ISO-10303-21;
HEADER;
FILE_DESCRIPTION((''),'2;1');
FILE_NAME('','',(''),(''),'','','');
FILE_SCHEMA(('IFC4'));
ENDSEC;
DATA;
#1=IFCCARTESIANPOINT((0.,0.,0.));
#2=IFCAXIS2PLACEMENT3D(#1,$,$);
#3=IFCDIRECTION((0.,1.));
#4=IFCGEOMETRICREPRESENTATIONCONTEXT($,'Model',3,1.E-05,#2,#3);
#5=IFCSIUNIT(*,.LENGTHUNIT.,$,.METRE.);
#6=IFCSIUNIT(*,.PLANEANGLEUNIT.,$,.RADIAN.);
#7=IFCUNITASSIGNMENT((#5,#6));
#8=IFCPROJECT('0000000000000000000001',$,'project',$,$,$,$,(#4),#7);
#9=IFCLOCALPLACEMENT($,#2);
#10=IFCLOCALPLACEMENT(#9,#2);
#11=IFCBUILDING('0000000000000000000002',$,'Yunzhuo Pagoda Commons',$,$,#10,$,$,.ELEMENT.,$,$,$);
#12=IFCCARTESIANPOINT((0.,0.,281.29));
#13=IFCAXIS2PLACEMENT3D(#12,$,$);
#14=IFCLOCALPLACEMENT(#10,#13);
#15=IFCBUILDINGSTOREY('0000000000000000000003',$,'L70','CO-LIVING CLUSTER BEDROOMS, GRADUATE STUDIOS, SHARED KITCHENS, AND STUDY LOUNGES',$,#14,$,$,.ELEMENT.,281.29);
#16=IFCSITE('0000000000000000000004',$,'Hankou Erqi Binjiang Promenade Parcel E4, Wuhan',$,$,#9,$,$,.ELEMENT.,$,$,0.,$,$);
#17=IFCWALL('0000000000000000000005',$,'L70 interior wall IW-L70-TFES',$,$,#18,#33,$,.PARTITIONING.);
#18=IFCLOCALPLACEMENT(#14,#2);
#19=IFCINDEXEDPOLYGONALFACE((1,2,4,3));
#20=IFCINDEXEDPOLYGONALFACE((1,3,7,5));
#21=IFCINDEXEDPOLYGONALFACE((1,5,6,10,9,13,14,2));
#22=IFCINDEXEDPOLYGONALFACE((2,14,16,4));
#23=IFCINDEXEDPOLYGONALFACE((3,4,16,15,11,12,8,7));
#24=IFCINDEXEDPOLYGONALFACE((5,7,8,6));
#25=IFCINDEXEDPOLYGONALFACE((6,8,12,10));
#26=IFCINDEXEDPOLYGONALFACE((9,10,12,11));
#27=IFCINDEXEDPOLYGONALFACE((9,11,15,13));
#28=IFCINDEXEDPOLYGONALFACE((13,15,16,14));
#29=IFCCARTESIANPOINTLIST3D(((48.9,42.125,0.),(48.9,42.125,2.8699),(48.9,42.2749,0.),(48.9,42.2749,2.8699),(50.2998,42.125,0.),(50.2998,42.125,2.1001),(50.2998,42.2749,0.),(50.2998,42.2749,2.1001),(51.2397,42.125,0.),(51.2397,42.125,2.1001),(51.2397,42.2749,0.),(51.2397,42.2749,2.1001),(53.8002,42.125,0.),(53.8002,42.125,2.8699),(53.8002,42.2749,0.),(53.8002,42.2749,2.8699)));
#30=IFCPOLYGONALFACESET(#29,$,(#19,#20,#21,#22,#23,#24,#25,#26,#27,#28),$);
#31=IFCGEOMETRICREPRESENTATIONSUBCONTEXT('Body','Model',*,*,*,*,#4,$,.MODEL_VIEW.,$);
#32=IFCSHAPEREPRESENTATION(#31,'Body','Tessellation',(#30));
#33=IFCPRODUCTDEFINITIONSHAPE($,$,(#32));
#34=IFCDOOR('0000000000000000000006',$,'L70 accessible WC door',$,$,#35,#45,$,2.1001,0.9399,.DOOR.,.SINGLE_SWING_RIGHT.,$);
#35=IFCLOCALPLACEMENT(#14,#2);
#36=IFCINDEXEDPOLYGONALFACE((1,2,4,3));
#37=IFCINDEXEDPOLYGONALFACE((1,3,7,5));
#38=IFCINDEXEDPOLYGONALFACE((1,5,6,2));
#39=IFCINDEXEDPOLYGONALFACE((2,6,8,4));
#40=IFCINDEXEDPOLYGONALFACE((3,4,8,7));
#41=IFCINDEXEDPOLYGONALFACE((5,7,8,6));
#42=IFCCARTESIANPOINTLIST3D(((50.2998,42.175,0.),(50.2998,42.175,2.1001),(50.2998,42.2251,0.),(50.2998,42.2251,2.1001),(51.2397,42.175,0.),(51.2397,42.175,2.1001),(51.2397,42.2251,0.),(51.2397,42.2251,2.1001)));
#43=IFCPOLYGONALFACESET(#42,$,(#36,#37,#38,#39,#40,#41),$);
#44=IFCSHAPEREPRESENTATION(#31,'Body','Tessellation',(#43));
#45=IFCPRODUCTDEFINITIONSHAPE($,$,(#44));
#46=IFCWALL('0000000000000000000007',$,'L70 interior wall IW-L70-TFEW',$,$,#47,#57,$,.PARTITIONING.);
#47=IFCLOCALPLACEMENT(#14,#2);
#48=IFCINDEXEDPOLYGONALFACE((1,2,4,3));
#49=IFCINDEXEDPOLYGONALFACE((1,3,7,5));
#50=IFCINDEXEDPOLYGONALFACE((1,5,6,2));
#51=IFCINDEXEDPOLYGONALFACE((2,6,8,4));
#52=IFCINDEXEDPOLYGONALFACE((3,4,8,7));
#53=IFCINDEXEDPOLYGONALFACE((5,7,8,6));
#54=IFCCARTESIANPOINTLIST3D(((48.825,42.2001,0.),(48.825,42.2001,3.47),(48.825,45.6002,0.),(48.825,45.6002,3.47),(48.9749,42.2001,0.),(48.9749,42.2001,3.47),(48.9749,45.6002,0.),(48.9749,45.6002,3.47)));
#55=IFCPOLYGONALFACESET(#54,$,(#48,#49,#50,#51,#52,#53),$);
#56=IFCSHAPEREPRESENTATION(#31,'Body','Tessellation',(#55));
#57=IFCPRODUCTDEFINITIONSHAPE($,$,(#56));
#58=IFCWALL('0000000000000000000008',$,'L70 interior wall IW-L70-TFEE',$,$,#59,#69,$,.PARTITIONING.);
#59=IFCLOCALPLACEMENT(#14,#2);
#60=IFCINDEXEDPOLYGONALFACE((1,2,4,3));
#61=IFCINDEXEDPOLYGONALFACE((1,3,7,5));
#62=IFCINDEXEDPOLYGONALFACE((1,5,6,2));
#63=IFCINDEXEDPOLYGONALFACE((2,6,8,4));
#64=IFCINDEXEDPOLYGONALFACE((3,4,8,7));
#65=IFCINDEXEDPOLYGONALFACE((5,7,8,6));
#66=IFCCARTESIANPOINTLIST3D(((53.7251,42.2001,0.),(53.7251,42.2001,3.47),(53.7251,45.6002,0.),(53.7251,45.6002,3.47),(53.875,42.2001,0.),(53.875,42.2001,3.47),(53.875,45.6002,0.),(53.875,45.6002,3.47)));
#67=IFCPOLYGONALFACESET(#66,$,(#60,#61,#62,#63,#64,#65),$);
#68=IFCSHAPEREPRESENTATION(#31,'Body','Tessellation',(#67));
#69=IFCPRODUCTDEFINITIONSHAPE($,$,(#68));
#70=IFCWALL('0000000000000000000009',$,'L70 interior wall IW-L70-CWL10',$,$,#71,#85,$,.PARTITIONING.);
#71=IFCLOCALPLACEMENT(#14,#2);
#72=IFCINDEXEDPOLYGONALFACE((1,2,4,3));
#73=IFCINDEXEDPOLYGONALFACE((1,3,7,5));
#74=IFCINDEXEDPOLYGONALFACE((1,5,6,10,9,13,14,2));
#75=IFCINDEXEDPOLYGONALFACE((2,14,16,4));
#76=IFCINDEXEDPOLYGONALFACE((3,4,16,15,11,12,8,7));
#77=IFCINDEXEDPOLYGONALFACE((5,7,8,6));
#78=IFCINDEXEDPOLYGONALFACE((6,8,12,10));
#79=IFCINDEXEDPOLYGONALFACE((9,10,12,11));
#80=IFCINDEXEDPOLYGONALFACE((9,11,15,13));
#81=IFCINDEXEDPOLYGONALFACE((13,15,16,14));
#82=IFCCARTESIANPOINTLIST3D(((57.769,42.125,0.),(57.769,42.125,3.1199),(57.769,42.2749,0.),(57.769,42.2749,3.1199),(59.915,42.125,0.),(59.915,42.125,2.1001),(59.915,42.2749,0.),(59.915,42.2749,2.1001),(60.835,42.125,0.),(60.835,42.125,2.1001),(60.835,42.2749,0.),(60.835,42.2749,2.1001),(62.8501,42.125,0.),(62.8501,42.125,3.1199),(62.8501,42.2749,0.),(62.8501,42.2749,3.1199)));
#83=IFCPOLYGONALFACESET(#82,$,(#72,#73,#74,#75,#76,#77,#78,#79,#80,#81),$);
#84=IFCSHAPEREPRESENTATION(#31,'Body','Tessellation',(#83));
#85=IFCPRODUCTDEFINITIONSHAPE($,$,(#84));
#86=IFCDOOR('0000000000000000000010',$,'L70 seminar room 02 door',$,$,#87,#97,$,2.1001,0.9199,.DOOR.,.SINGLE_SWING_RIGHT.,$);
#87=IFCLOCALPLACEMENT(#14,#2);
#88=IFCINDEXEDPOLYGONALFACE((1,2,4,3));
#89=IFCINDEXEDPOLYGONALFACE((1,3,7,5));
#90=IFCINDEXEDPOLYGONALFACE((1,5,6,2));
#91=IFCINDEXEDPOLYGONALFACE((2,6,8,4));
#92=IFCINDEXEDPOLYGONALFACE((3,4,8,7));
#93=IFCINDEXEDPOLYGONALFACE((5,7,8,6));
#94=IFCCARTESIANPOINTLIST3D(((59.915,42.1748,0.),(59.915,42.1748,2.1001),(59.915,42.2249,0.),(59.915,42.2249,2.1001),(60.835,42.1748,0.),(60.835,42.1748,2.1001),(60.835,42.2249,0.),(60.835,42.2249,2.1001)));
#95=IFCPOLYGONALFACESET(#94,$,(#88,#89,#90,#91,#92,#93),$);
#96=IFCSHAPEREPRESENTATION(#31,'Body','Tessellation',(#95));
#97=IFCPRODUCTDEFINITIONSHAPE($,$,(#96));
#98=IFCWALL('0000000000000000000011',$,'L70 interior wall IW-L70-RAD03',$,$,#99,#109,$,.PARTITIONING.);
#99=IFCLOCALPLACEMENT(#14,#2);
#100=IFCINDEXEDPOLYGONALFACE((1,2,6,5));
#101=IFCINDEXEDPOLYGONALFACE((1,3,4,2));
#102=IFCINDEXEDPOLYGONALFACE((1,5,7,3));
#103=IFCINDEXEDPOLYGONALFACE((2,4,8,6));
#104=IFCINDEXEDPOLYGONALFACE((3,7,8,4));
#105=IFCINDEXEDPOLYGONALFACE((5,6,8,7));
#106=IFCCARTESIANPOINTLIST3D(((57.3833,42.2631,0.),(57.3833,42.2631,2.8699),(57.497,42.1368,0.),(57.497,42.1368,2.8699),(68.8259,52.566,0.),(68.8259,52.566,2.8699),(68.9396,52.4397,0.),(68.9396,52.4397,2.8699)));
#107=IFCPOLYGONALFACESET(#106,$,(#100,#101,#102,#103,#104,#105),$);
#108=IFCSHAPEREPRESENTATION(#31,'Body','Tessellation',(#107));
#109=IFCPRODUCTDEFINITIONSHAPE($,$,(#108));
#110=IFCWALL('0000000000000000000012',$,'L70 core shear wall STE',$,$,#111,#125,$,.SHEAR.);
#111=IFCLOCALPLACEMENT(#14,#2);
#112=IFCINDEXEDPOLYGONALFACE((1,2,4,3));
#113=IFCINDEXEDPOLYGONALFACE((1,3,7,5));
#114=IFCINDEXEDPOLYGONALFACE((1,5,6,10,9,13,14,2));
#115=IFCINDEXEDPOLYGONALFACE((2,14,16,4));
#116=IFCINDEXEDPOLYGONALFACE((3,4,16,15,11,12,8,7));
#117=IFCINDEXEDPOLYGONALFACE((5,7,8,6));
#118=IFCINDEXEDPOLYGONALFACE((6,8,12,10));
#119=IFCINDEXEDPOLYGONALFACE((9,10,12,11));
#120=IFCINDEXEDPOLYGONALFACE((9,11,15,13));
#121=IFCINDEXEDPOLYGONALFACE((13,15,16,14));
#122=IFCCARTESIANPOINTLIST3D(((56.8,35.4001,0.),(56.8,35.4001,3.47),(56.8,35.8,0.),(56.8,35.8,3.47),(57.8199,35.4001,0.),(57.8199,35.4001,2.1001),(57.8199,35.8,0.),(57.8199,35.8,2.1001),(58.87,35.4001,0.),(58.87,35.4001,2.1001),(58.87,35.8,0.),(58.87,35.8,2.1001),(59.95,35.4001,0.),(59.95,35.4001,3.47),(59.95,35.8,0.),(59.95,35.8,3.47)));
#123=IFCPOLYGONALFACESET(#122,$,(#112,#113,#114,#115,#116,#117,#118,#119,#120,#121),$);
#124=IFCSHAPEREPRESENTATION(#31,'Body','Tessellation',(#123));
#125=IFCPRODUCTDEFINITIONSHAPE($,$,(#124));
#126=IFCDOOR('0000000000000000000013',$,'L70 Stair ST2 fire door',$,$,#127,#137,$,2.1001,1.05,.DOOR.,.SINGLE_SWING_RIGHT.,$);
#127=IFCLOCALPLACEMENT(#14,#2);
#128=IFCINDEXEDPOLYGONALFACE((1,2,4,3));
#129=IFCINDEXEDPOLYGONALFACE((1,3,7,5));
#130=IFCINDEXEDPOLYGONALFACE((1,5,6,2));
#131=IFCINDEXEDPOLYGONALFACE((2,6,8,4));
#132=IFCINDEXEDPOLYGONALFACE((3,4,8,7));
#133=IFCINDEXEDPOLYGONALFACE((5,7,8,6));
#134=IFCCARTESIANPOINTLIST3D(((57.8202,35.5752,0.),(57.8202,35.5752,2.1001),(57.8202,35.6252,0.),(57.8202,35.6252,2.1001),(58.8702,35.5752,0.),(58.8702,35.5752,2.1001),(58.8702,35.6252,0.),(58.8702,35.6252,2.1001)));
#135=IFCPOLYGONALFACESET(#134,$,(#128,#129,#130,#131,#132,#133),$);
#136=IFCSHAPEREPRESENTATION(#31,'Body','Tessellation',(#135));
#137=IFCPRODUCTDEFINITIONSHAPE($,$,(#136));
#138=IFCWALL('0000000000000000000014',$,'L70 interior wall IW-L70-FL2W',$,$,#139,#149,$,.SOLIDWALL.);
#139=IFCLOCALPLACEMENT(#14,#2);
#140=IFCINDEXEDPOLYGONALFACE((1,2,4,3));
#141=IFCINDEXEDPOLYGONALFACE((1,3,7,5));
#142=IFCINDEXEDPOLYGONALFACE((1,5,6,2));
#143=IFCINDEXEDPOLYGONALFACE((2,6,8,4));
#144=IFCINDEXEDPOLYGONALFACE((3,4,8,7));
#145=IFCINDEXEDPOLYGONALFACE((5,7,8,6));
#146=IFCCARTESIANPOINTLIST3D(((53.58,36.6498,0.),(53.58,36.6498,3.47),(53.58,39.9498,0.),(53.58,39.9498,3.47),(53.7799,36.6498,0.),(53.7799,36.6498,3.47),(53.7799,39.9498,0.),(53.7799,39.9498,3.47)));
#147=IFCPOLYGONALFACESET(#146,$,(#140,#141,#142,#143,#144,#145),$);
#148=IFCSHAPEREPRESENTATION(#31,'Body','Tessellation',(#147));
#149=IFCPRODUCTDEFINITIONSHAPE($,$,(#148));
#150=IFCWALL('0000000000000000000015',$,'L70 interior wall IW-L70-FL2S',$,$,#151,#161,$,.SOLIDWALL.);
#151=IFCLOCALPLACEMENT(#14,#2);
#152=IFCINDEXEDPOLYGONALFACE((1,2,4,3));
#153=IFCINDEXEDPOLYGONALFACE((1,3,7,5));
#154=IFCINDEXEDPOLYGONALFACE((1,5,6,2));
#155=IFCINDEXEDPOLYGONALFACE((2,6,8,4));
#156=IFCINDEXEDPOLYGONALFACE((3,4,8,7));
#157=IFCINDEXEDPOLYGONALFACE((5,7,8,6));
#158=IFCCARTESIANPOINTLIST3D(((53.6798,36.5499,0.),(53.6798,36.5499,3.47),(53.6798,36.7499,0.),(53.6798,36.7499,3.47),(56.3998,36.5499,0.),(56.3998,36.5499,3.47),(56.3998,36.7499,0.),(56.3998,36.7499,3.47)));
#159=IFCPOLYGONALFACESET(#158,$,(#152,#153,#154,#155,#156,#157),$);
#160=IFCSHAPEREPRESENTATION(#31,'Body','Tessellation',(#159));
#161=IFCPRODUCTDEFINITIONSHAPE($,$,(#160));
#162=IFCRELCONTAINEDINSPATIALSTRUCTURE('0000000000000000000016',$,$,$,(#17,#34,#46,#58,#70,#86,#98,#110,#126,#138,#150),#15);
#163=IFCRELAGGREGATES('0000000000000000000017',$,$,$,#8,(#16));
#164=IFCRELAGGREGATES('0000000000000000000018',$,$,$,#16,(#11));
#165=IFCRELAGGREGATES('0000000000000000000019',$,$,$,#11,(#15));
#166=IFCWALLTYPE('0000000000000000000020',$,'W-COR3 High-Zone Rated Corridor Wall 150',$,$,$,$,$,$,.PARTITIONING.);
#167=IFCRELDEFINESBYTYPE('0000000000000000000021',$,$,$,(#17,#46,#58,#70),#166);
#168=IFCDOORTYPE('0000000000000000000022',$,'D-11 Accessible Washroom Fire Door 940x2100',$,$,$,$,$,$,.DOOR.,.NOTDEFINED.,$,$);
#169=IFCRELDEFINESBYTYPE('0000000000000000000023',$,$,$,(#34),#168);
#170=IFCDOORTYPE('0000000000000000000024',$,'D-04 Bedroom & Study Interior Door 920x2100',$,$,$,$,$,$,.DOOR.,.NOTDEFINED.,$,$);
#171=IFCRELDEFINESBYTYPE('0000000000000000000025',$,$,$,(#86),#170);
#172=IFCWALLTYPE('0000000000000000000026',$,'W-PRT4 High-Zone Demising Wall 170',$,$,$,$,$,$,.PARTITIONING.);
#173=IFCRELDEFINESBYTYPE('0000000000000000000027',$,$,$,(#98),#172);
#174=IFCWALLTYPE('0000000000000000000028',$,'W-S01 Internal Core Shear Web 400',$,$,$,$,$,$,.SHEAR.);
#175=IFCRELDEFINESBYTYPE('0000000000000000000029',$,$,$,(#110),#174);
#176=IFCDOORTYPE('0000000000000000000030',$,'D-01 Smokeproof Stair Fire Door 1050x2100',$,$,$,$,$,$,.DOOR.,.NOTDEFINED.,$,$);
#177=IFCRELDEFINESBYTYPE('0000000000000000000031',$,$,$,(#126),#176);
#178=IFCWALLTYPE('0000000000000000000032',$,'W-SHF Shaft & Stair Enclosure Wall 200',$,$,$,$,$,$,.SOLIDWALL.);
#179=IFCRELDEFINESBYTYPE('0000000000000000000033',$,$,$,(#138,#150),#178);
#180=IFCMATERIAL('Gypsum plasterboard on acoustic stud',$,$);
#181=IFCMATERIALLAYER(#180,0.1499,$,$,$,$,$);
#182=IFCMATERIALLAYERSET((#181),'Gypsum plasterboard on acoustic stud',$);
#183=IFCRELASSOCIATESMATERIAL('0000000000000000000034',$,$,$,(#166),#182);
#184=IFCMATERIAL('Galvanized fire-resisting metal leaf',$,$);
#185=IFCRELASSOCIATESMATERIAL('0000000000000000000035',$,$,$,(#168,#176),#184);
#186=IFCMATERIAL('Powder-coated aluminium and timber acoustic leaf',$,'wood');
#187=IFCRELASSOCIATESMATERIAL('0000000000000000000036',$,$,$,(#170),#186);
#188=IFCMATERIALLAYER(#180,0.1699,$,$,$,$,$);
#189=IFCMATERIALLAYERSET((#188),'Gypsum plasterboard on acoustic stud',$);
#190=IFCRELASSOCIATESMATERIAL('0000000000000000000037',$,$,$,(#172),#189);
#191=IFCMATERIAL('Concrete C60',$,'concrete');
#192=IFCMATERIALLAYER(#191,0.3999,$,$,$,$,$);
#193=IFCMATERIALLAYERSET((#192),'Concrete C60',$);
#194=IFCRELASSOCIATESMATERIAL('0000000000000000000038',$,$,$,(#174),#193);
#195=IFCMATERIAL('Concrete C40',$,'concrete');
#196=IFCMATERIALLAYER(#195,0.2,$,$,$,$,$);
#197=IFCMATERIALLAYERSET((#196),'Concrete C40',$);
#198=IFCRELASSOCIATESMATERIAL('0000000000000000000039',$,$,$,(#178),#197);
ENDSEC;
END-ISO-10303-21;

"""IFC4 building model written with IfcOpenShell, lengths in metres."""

from ifc_helpers import new_model, si_unit, direction, frame, frame_2d, origin, origin_with_axes, place, context, subcontext, project, spatial, rectangle, extrude, source, transform, mapped, material, layer, layer_set, type_object, element, fill, save


model = new_model("IFC4")

# Units and contexts
model_context = context("Model", 3, precision=1e-05, world=origin(), true_north=direction((0.0, 1.0)))
body_context = subcontext(model_context, "Body", "Model", "MODEL_VIEW")
ifc_project = project(units=[si_unit("LENGTHUNIT", "METRE"), si_unit("PLANEANGLEUNIT", "RADIAN")], contexts=[model_context])

# Site, building, storey
site_placement = place(None, origin())
site = spatial("IfcSite", under=ifc_project, at=site_placement, Name="Hankou Erqi Binjiang Promenade Parcel E4, Wuhan", CompositionType="ELEMENT", RefElevation=0.0)
building_placement = place(site_placement, origin())
building = spatial("IfcBuilding", under=site, at=building_placement, Name="Yunzhuo Pagoda Commons", CompositionType="ELEMENT")
storey_placement = place(building_placement, frame((0.0, 0.0, 281.29)))
storey = spatial("IfcBuildingStorey", under=building, at=storey_placement, Name="L70", Description="CO-LIVING CLUSTER BEDROOMS, GRADUATE STUDIOS, SHARED KITCHENS, AND STUDY LOUNGES", CompositionType="ELEMENT", Elevation=281.29)

# Shared definitions
ifc_material_1 = material(Name="Galvanized fire-resisting metal leaf")
shared_shape_1 = source(origin(), body_context, "Body", "SweptSolid", [
    extrude(rectangle(XDim=1.05, YDim=2.1001, at=frame_2d((0.5249, 1.05))), frame((0.0, 0.0249, 0.0), z_axis=(0.0, -1.0, 0.0), x_axis=(1.0, 0.0, 0.0)), (0.0, 0.0, 1.0), 0.05),
])

# Shared definitions
ifc_material_2 = material(Name="Gypsum plasterboard on acoustic stud")
ifc_layer_1 = layer(ifc_material_2, 0.1499)
ifc_layer_set_1 = layer_set([ifc_layer_1], Name="Gypsum plasterboard on acoustic stud")
wall_type_1 = type_object("IfcWallType", Name="W-COR3 High-Zone Rated Corridor Wall 150", PredefinedType="PARTITIONING", material=ifc_layer_set_1)

# Wall, opening, door
wall_1_placement = place(storey_placement, frame((48.8999, 42.2, 0.0), z_axis=(0.0, 0.0, 1.0), x_axis=(1.0, 0.0, 0.0)))
wall_1 = element("IfcWall", 1, at=wall_1_placement, inside=storey, type_object=wall_type_1, Name="L70 interior wall IW-L70-TFES", PredefinedType="PARTITIONING", context=body_context, shape_type="SweptSolid", body=[
    extrude(rectangle(XDim=4.9001, YDim=0.1499, at=frame_2d((2.4502, 0.0))), origin(), (0.0, 0.0, 1.0), 2.8699),
])
opening_1_placement = place(wall_1_placement, frame((1.3999, 0.0, 0.0)))
opening_1 = element("IfcOpeningElement", 2, at=opening_1_placement, cuts=wall_1, PredefinedType="OPENING", context=body_context, shape_type="SweptSolid", body=[
    extrude(rectangle(XDim=0.9399, YDim=2.1001, at=frame_2d((0.47, 1.05))), frame((0.0, 0.085, 0.0), z_axis=(0.0, -1.0, 0.0), x_axis=(1.0, 0.0, 0.0)), (0.0, 0.0, 1.0), 0.1699),
])
door_type_1 = type_object("IfcDoorType", Name="D-11 Accessible Washroom Fire Door 940x2100", OperationType="NOTDEFINED", PredefinedType="DOOR", material=ifc_material_1)
shared_shape_2 = source(origin(), body_context, "Body", "SweptSolid", [
    extrude(rectangle(XDim=0.9399, YDim=2.1001, at=frame_2d((0.47, 1.05))), frame((0.0, 0.0249, 0.0), z_axis=(0.0, -1.0, 0.0), x_axis=(1.0, 0.0, 0.0)), (0.0, 0.0, 1.0), 0.05),
])
door_1_placement = place(opening_1_placement, frame((0.9399, 0.0, 0.0), z_axis=(0.0, 0.0, 1.0), x_axis=(-1.0, 0.0, 0.0)))
door_1 = element("IfcDoor", 3, at=door_1_placement, inside=storey, type_object=door_type_1, Name="L70 accessible WC door", OperationType="SINGLE_SWING_RIGHT", OverallHeight=2.1001, OverallWidth=0.9399, PredefinedType="DOOR", context=body_context, shape_type="MappedRepresentation", body=[
    mapped(shared_shape_2, transform((0.0, 0.0, 0.0), scale=1.0)),
])
fill(opening_1, door_1)

# Walls
for number, where, z_axis, x_axis, name in (
    (4, (48.8999, 42.2, 0.0), (0.0, 0.0, 1.0), (0.0, 1.0, 0.0), "L70 interior wall IW-L70-TFEW"),
    (5, (53.8, 42.2, 0.0), (0.0, 0.0, 1.0), (0.0, 1.0, 0.0), "L70 interior wall IW-L70-TFEE"),
):
    element("IfcWall", number, at=place(storey_placement, frame(where, z_axis=z_axis, x_axis=x_axis)), inside=storey, type_object=wall_type_1, Name=name, PredefinedType="PARTITIONING", context=body_context, shape_type="SweptSolid", body=[
        extrude(rectangle(XDim=3.4001, YDim=0.1499, at=frame_2d((1.7002, 0.0))), origin(), (0.0, 0.0, 1.0), 3.47),
    ])

# Wall, opening, door
wall_2_placement = place(storey_placement, frame((57.769, 42.2, 0.0), z_axis=(0.0, 0.0, 1.0), x_axis=(1.0, 0.0, 0.0)))
wall_2 = element("IfcWall", 6, at=wall_2_placement, inside=storey, type_object=wall_type_1, Name="L70 interior wall IW-L70-CWL10", PredefinedType="PARTITIONING", context=body_context, shape_type="SweptSolid", body=[
    extrude(rectangle(XDim=5.0811, YDim=0.1499, at=frame_2d((2.5405, 0.0))), origin(), (0.0, 0.0, 1.0), 3.1199),
])
opening_2_placement = place(wall_2_placement, frame((2.146, 0.0, 0.0)))
opening_2 = element("IfcOpeningElement", 7, at=opening_2_placement, cuts=wall_2, PredefinedType="OPENING", context=body_context, shape_type="SweptSolid", body=[
    extrude(rectangle(XDim=0.9199, YDim=2.1001, at=frame_2d((0.46, 1.05))), frame((0.0, 0.085, 0.0), z_axis=(0.0, -1.0, 0.0), x_axis=(1.0, 0.0, 0.0)), (0.0, 0.0, 1.0), 0.1699),
])
ifc_material_3 = material(Name="Powder-coated aluminium and timber acoustic leaf", Category="wood")
door_type_2 = type_object("IfcDoorType", Name="D-04 Bedroom & Study Interior Door 920x2100", OperationType="NOTDEFINED", PredefinedType="DOOR", material=ifc_material_3)
shared_shape_3 = source(origin(), body_context, "Body", "SweptSolid", [
    extrude(rectangle(XDim=0.9199, YDim=2.1001, at=frame_2d((0.46, 1.05))), frame((0.0, 0.0249, 0.0), z_axis=(0.0, -1.0, 0.0), x_axis=(1.0, 0.0, 0.0)), (0.0, 0.0, 1.0), 0.05),
])
door_2_placement = place(opening_2_placement, origin_with_axes())
door_2 = element("IfcDoor", 8, at=door_2_placement, inside=storey, type_object=door_type_2, Name="L70 seminar room 02 door", OperationType="SINGLE_SWING_RIGHT", OverallHeight=2.1001, OverallWidth=0.9199, PredefinedType="DOOR", context=body_context, shape_type="MappedRepresentation", body=[
    mapped(shared_shape_3, transform((0.0, 0.0, 0.0), scale=1.0)),
])
fill(opening_2, door_2)

# Wall
ifc_layer_2 = layer(ifc_material_2, 0.1699)
ifc_layer_set_2 = layer_set([ifc_layer_2], Name="Gypsum plasterboard on acoustic stud")
wall_type_2 = type_object("IfcWallType", Name="W-PRT4 High-Zone Demising Wall 170", PredefinedType="PARTITIONING", material=ifc_layer_set_2)
wall_3_placement = place(storey_placement, frame((57.4402, 42.2, 0.0), z_axis=(0.0, 0.0, 1.0), x_axis=(0.743145, 0.66913, 0.0)))
element("IfcWall", 9, at=wall_3_placement, inside=storey, type_object=wall_type_2, Name="L70 interior wall IW-L70-RAD03", PredefinedType="PARTITIONING", context=body_context, shape_type="SweptSolid", body=[
    extrude(rectangle(XDim=15.3975, YDim=0.1699, at=frame_2d((7.6987, 0.0))), origin(), (0.0, 0.0, 1.0), 2.8699),
])

# Wall, opening, door
ifc_material_4 = material(Name="Concrete C60", Category="concrete")
ifc_layer_3 = layer(ifc_material_4, 0.3999)
ifc_layer_set_3 = layer_set([ifc_layer_3], Name="Concrete C60")
wall_type_3 = type_object("IfcWallType", Name="W-S01 Internal Core Shear Web 400", PredefinedType="SHEAR", material=ifc_layer_set_3)
wall_4_placement = place(storey_placement, frame((56.8, 35.6001, 0.0), z_axis=(0.0, 0.0, 1.0), x_axis=(1.0, 0.0, 0.0)))
wall_4 = element("IfcWall", 10, at=wall_4_placement, inside=storey, type_object=wall_type_3, Name="L70 core shear wall STE", PredefinedType="SHEAR", context=body_context, shape_type="SweptSolid", body=[
    extrude(rectangle(XDim=3.1499, YDim=0.3999, at=frame_2d((1.575, 0.0))), origin(), (0.0, 0.0, 1.0), 3.47),
])
opening_3_placement = place(wall_4_placement, frame((1.02, 0.0, 0.0)))
opening_3 = element("IfcOpeningElement", 11, at=opening_3_placement, cuts=wall_4, PredefinedType="OPENING", context=body_context, shape_type="SweptSolid", body=[
    extrude(rectangle(XDim=1.05, YDim=2.1001, at=frame_2d((0.5249, 1.05))), frame((0.0, 0.21, 0.0), z_axis=(0.0, -1.0, 0.0), x_axis=(1.0, 0.0, 0.0)), (0.0, 0.0, 1.0), 0.4199),
])
door_type_3 = type_object("IfcDoorType", Name="D-01 Smokeproof Stair Fire Door 1050x2100", OperationType="NOTDEFINED", PredefinedType="DOOR", material=ifc_material_1)
door_3_placement = place(opening_3_placement, frame((1.05, 0.0, 0.0), z_axis=(0.0, 0.0, 1.0), x_axis=(-1.0, 0.0, 0.0)))
door_3 = element("IfcDoor", 12, at=door_3_placement, inside=storey, type_object=door_type_3, Name="L70 Stair ST2 fire door", OperationType="SINGLE_SWING_RIGHT", OverallHeight=2.1001, OverallWidth=1.05, PredefinedType="DOOR", context=body_context, shape_type="MappedRepresentation", body=[
    mapped(shared_shape_1, transform((0.0, 0.0, 0.0), scale=1.0)),
])
fill(opening_3, door_3)

# Walls
ifc_material_5 = material(Name="Concrete C40", Category="concrete")
ifc_layer_4 = layer(ifc_material_5, 0.2)
ifc_layer_set_4 = layer_set([ifc_layer_4], Name="Concrete C40")
wall_type_4 = type_object("IfcWallType", Name="W-SHF Shaft & Stair Enclosure Wall 200", PredefinedType="SOLIDWALL", material=ifc_layer_set_4)
wall_5_placement = place(storey_placement, frame((53.6799, 36.6499, 0.0), z_axis=(0.0, 0.0, 1.0), x_axis=(0.0, 1.0, 0.0)))
element("IfcWall", 13, at=wall_5_placement, inside=storey, type_object=wall_type_4, Name="L70 interior wall IW-L70-FL2W", PredefinedType="SOLIDWALL", context=body_context, shape_type="SweptSolid", body=[
    extrude(rectangle(XDim=3.3, YDim=0.2, at=frame_2d((1.6499, 0.0))), origin(), (0.0, 0.0, 1.0), 3.47),
])
wall_6_placement = place(storey_placement, frame((53.6799, 36.6499, 0.0), z_axis=(0.0, 0.0, 1.0), x_axis=(1.0, 0.0, 0.0)))
element("IfcWall", 14, at=wall_6_placement, inside=storey, type_object=wall_type_4, Name="L70 interior wall IW-L70-FL2S", PredefinedType="SOLIDWALL", context=body_context, shape_type="SweptSolid", body=[
    extrude(rectangle(XDim=2.72, YDim=0.2, at=frame_2d((1.3599, 0.0))), origin(), (0.0, 0.0, 1.0), 3.47),
])

save(model, "model.ifc")
